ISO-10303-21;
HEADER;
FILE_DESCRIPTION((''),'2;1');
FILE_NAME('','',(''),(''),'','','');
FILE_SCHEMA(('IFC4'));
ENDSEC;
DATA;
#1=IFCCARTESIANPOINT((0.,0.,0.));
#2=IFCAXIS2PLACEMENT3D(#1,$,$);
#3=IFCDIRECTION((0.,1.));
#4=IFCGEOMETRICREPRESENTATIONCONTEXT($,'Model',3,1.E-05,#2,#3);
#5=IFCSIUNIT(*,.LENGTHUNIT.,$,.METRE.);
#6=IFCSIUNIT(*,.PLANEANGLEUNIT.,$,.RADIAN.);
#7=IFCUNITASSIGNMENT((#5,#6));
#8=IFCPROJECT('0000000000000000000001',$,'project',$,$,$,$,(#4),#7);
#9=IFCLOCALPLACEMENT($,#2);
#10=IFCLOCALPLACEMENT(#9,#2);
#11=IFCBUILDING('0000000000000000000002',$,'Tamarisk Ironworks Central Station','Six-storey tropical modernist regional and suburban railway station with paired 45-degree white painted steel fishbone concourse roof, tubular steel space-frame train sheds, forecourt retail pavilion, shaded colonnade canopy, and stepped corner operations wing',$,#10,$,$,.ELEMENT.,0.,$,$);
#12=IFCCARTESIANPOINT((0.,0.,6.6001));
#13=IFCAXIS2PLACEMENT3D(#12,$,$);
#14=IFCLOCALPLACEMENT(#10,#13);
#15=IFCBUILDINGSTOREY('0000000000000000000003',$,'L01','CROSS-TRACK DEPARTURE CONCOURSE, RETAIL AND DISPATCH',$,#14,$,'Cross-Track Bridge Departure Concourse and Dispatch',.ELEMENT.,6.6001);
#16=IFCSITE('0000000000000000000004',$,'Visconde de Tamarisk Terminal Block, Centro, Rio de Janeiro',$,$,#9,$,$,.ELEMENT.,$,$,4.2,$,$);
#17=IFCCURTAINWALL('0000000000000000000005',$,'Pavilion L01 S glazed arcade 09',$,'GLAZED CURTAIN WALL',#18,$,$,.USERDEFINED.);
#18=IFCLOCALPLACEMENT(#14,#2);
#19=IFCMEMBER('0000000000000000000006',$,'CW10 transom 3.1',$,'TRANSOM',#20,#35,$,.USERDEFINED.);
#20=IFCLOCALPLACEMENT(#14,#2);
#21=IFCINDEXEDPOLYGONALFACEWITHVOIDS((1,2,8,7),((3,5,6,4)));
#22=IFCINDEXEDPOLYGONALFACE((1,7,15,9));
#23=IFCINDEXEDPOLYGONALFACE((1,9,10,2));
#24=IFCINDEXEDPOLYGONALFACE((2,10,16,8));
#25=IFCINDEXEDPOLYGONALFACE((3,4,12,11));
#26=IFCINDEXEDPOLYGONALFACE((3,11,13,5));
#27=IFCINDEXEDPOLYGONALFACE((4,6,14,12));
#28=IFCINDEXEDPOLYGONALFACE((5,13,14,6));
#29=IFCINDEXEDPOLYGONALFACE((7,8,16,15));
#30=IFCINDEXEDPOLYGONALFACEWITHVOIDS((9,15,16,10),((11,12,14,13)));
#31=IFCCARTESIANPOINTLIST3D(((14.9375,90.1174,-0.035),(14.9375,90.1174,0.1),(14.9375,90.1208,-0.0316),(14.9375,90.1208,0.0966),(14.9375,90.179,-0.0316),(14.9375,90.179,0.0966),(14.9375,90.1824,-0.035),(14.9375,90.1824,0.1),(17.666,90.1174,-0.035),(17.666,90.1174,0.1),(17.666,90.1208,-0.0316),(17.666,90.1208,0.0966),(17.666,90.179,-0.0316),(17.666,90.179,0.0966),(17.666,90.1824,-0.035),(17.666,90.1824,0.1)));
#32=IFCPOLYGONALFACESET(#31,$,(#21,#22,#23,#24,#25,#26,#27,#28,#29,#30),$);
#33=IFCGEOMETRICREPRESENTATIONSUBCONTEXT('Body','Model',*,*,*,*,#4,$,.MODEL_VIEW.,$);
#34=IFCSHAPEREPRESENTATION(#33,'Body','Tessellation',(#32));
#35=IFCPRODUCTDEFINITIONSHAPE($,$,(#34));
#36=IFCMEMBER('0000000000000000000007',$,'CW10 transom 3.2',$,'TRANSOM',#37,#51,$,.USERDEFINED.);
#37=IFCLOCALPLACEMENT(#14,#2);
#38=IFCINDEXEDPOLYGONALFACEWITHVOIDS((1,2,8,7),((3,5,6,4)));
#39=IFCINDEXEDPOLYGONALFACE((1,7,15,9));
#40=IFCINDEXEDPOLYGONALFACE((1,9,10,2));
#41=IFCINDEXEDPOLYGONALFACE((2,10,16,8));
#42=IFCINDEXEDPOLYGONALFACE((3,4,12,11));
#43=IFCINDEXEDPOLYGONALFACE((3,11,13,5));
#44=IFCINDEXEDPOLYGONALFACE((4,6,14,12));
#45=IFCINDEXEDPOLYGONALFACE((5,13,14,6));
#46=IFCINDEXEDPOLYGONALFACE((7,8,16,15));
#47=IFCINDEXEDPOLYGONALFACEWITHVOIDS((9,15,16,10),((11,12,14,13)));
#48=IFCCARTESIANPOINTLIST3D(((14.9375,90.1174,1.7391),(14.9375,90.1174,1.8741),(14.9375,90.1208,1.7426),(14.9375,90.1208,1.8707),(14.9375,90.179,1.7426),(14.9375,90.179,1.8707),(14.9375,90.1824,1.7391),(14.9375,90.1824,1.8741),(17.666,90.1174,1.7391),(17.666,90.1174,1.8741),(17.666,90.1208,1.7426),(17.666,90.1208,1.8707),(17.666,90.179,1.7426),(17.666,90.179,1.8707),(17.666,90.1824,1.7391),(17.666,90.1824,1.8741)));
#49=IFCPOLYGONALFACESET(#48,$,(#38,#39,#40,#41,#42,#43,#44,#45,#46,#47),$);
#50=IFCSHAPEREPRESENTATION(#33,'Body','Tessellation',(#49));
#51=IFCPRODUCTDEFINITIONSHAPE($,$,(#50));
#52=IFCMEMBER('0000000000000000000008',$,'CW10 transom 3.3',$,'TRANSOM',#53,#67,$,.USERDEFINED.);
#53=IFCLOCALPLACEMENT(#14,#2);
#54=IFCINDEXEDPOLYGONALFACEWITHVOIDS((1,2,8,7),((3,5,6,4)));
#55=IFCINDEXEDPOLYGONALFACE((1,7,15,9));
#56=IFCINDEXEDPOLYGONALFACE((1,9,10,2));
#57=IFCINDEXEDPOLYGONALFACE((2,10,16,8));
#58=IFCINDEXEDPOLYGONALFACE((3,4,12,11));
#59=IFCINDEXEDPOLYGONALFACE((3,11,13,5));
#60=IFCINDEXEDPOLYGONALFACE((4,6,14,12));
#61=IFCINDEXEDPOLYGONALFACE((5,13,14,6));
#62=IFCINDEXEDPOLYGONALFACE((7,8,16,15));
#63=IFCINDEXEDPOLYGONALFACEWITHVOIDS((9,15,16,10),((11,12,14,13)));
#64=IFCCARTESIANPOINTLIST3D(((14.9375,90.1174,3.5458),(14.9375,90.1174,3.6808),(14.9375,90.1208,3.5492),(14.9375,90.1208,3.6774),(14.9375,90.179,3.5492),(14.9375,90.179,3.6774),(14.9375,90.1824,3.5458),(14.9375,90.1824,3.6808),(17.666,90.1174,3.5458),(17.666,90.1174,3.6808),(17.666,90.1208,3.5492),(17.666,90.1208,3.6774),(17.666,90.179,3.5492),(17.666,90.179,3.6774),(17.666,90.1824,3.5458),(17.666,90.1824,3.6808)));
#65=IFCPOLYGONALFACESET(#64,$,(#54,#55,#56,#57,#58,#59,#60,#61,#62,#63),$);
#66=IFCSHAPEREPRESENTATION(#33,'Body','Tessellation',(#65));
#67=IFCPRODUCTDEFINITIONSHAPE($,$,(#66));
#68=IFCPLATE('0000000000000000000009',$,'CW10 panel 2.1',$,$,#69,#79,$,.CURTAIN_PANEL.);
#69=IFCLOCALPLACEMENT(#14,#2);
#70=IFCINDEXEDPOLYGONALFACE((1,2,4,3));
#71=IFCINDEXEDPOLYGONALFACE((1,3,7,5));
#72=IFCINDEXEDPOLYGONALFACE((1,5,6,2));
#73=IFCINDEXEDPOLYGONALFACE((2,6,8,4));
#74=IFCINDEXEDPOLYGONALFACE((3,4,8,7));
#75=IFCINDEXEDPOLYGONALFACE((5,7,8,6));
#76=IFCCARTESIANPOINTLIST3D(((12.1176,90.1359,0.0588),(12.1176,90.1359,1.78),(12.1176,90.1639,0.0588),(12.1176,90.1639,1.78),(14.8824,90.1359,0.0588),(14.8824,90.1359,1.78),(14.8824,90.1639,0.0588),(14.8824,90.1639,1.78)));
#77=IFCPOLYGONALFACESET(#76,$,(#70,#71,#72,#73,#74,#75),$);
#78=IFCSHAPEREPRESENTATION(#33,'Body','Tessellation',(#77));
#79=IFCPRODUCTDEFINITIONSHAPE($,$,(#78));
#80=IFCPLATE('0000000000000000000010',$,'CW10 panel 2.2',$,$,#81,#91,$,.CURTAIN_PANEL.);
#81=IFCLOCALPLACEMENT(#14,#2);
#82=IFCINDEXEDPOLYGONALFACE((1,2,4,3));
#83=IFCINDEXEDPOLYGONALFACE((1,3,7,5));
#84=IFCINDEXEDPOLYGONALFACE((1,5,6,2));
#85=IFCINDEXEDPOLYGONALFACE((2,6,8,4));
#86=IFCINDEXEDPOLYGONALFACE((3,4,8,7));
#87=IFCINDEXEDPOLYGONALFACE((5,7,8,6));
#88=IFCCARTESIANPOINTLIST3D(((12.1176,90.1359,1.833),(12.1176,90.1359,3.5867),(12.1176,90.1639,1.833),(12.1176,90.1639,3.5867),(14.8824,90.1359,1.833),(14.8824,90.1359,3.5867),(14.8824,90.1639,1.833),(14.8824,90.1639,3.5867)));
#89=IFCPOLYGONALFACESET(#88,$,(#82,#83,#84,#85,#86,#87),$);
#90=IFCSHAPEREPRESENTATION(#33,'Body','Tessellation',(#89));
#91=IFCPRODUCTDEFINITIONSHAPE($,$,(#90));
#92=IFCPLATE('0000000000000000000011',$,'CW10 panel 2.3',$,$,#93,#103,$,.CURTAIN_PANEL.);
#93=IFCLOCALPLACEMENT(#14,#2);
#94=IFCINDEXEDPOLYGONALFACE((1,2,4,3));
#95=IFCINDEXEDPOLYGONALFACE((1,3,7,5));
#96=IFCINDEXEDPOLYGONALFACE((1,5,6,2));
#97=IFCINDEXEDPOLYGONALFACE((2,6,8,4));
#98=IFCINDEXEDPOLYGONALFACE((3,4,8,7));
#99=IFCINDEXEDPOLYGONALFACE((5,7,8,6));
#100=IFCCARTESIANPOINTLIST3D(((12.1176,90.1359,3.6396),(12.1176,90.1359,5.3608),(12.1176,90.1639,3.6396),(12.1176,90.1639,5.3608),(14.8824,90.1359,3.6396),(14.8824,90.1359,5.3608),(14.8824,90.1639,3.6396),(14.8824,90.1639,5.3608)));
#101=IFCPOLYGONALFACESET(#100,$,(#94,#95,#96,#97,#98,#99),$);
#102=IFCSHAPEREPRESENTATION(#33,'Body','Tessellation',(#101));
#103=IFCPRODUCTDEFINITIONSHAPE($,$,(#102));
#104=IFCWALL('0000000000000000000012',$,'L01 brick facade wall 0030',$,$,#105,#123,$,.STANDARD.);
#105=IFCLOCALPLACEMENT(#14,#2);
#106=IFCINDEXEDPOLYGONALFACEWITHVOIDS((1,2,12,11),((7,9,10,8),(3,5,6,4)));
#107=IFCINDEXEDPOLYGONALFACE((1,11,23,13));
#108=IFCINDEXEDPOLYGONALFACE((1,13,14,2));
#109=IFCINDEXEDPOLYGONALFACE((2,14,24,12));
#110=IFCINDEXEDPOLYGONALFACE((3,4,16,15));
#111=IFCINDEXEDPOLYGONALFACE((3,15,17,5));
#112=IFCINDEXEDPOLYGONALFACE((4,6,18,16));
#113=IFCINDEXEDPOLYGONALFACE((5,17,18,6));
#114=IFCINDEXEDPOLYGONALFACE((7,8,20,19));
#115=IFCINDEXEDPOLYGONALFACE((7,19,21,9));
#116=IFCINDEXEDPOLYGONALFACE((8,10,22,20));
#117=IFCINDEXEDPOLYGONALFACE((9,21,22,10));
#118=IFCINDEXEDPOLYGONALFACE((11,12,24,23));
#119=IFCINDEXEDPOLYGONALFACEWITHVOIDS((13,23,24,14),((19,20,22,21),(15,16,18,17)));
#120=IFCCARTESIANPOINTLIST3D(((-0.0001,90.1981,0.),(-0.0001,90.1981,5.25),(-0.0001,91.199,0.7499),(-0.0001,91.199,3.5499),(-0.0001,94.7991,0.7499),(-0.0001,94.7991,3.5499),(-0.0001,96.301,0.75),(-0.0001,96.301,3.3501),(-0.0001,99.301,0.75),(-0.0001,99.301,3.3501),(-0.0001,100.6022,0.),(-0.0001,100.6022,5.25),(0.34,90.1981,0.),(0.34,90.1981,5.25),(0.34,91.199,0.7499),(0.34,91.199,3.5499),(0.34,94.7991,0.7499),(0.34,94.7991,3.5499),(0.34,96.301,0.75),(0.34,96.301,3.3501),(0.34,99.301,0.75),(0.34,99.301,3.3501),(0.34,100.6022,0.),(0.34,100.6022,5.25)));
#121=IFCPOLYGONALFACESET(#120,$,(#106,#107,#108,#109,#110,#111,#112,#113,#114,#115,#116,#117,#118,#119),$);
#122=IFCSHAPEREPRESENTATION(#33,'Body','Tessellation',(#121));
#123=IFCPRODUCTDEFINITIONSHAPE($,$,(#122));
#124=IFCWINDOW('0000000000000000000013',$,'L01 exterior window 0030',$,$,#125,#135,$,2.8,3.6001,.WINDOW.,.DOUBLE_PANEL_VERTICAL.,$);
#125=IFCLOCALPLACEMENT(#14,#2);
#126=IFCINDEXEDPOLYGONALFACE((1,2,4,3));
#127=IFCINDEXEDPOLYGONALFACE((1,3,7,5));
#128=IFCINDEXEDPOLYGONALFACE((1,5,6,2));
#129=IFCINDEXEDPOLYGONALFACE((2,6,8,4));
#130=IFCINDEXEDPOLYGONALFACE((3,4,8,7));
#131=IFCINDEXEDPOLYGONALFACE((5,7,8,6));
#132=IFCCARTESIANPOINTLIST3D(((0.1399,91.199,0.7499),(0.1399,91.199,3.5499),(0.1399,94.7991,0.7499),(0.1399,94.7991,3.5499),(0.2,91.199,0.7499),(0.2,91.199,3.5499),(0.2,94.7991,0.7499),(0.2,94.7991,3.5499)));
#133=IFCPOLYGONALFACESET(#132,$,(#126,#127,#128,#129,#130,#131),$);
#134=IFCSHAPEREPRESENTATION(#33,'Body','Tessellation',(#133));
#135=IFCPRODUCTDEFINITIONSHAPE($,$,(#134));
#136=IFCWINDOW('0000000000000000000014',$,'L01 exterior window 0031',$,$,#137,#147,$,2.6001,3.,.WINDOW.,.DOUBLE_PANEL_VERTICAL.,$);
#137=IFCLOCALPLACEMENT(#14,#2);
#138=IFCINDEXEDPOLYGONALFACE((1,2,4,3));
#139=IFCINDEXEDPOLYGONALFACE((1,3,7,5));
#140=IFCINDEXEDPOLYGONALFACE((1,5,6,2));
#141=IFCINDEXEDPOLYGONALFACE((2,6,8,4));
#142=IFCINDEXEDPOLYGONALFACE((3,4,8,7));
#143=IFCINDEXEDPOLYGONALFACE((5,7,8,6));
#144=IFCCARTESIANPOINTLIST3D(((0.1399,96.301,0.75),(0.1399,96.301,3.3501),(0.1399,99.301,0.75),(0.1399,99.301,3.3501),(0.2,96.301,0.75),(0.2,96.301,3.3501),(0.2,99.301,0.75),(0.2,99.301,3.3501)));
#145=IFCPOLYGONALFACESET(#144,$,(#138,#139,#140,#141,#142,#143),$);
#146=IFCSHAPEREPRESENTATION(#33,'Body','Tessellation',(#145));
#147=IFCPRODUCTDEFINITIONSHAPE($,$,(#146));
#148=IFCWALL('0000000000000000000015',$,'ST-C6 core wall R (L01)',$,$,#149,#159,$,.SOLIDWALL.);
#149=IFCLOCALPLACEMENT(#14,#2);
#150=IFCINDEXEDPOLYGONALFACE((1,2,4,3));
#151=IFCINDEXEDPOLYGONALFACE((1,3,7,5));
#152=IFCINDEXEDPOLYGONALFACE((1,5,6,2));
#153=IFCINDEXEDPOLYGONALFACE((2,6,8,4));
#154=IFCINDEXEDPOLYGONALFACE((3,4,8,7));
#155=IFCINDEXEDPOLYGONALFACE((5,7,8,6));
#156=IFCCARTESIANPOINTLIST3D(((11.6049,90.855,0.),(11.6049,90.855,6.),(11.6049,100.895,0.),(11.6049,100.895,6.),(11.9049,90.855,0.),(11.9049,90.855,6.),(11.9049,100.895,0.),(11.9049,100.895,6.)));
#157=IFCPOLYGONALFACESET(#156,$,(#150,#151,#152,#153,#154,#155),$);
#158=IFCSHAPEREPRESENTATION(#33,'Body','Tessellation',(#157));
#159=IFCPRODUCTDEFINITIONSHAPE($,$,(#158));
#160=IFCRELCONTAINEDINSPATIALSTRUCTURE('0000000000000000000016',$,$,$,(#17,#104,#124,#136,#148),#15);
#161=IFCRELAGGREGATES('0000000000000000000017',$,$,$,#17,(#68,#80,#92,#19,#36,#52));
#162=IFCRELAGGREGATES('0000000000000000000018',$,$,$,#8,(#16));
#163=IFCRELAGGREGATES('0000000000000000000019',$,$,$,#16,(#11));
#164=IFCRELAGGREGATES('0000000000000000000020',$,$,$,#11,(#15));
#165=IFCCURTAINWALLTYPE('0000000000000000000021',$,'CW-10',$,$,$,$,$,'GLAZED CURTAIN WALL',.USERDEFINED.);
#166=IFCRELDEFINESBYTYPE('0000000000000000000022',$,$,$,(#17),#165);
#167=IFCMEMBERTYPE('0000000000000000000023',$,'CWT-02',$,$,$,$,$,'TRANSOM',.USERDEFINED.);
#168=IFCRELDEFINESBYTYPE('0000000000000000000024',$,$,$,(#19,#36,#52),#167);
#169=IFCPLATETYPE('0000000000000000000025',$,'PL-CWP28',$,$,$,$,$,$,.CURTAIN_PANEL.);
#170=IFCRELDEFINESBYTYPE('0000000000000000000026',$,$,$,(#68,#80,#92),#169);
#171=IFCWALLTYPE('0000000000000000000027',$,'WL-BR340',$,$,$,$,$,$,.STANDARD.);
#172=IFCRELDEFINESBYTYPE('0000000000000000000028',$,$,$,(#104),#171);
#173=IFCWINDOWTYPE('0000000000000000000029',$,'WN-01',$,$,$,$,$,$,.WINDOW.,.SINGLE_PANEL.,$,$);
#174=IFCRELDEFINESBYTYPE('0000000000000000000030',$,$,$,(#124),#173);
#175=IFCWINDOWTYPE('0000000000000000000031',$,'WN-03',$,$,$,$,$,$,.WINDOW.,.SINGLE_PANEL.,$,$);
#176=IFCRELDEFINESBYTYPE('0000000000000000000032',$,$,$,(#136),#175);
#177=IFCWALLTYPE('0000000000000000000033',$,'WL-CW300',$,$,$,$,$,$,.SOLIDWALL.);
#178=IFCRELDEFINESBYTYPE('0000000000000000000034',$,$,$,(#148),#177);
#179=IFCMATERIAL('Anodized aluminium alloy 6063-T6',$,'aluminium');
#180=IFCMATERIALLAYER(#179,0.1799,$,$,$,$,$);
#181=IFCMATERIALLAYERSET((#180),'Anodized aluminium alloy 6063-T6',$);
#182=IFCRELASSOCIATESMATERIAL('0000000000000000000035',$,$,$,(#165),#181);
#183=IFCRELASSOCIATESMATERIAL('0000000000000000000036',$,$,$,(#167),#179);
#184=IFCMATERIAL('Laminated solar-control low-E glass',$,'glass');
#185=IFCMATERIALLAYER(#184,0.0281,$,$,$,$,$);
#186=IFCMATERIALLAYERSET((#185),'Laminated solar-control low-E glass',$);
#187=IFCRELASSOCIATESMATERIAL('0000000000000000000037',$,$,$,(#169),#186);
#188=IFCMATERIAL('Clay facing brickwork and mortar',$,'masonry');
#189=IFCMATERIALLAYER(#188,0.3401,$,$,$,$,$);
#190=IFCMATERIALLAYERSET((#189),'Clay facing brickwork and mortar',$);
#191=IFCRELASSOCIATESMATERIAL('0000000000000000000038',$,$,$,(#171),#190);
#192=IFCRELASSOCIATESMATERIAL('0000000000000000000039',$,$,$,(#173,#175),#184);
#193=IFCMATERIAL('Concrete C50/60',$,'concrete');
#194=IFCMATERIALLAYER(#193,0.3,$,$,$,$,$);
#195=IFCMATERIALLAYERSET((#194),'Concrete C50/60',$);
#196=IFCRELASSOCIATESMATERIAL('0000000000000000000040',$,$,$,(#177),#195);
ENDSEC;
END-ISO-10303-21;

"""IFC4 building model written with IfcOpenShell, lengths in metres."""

from ifc_helpers import new_model, si_unit, direction, frame, frame_2d, origin, origin_2d, place, context, subcontext, project, spatial, rectangle, hollow_rectangle, extrude, material, layer, layer_set, material_profile, profile_set, type_object, element, fill, aggregate, save


model = new_model("IFC4")

# Units and contexts
model_context = context("Model", 3, precision=1e-05, world=origin(), true_north=direction((0.0, 1.0)))
body_context = subcontext(model_context, "Body", "Model", "MODEL_VIEW")
ifc_project = project(units=[si_unit("LENGTHUNIT", "METRE"), si_unit("PLANEANGLEUNIT", "RADIAN")], contexts=[model_context])

# Site, building, storey
site_placement = place(None, origin())
site = spatial("IfcSite", under=ifc_project, at=site_placement, Name="Visconde de Tamarisk Terminal Block, Centro, Rio de Janeiro", CompositionType="ELEMENT", RefElevation=4.2)
building_placement = place(site_placement, origin())
building = spatial("IfcBuilding", under=site, at=building_placement, Name="Tamarisk Ironworks Central Station", Description="Six-storey tropical modernist regional and suburban railway station with paired 45-degree white painted steel fishbone concourse roof, tubular steel space-frame train sheds, forecourt retail pavilion, shaded colonnade canopy, and stepped corner operations wing", CompositionType="ELEMENT", ElevationOfRefHeight=0.0)
storey_placement = place(building_placement, frame((0.0, 0.0, 6.6001)))
storey = spatial("IfcBuildingStorey", under=building, at=storey_placement, Name="L01", Description="CROSS-TRACK DEPARTURE CONCOURSE, RETAIL AND DISPATCH", LongName="Cross-Track Bridge Departure Concourse and Dispatch", CompositionType="ELEMENT", Elevation=6.6001)

# Shared definitions
ifc_material_1 = material(Name="Clay facing brickwork and mortar", Category="masonry")

# Curtain wall, members, plates
ifc_material_2 = material(Name="Anodized aluminium alloy 6063-T6", Category="aluminium")
ifc_layer_1 = layer(ifc_material_2, 0.1799)
ifc_layer_set_1 = layer_set([ifc_layer_1], Name="Anodized aluminium alloy 6063-T6")
curtain_wall_type = type_object("IfcCurtainWallType", Name="CW-10", ElementType="GLAZED CURTAIN WALL", PredefinedType="USERDEFINED", material=ifc_layer_set_1)
curtain_wall_placement = place(storey_placement, origin())
curtain_wall = element("IfcCurtainWall", 1, at=curtain_wall_placement, inside=storey, type_object=curtain_wall_type, Name="Pavilion L01 S glazed arcade 09", ObjectType="GLAZED CURTAIN WALL", PredefinedType="USERDEFINED")
ifc_material_profile_1 = material_profile(ifc_material_2, hollow_rectangle(XDim=0.0649, YDim=0.135, WallThickness=0.0034, at=origin_2d()), Name="ALUM 135x65")
ifc_profile_set_1 = profile_set([ifc_material_profile_1], Name="Anodized aluminium alloy 6063-T6")
member_type_1 = type_object("IfcMemberType", Name="CWT-02", ElementType="TRANSOM", PredefinedType="USERDEFINED", material=ifc_profile_set_1)
member_1_placement = place(storey_placement, frame((14.9375, 90.1499, 0.0325), z_axis=(1.0, 0.0, 0.0), x_axis=(0.0, 1.0, 0.0)))
member_1 = element("IfcMember", 2, at=member_1_placement, type_object=member_type_1, Name="CW10 transom 3.1", ObjectType="TRANSOM", PredefinedType="USERDEFINED", context=body_context, shape_type="SweptSolid", body=[
    extrude(hollow_rectangle(XDim=0.0649, YDim=0.135, WallThickness=0.0034, at=origin_2d()), origin(), (0.0, 0.0, 1.0), 2.7285),
])
member_2_placement = place(storey_placement, frame((14.9375, 90.1499, 1.8066), z_axis=(1.0, 0.0, 0.0), x_axis=(0.0, 1.0, 0.0)))
member_2 = element("IfcMember", 3, at=member_2_placement, type_object=member_type_1, Name="CW10 transom 3.2", ObjectType="TRANSOM", PredefinedType="USERDEFINED", context=body_context, shape_type="SweptSolid", body=[
    extrude(hollow_rectangle(XDim=0.0649, YDim=0.135, WallThickness=0.0034, at=origin_2d()), origin(), (0.0, 0.0, 1.0), 2.7285),
])
member_3_placement = place(storey_placement, frame((14.9375, 90.1499, 3.6133), z_axis=(1.0, 0.0, 0.0), x_axis=(0.0, 1.0, 0.0)))
member_3 = element("IfcMember", 4, at=member_3_placement, type_object=member_type_1, Name="CW10 transom 3.3", ObjectType="TRANSOM", PredefinedType="USERDEFINED", context=body_context, shape_type="SweptSolid", body=[
    extrude(hollow_rectangle(XDim=0.0649, YDim=0.135, WallThickness=0.0034, at=origin_2d()), origin(), (0.0, 0.0, 1.0), 2.7285),
])
ifc_material_3 = material(Name="Laminated solar-control low-E glass", Category="glass")
ifc_layer_2 = layer(ifc_material_3, 0.0281)
ifc_layer_set_2 = layer_set([ifc_layer_2], Name="Laminated solar-control low-E glass")
plate_type = type_object("IfcPlateType", Name="PL-CWP28", PredefinedType="CURTAIN_PANEL", material=ifc_layer_set_2)
plate_1_placement = place(storey_placement, frame((13.5, 90.1499, 0.0588), z_axis=(0.0, 0.0, 1.0), x_axis=(1.0, 0.0, 0.0)))
plate_1 = element("IfcPlate", 5, at=plate_1_placement, type_object=plate_type, Name="CW10 panel 2.1", PredefinedType="CURTAIN_PANEL", context=body_context, shape_type="SweptSolid", body=[
    extrude(rectangle(XDim=2.7649, YDim=0.0281, at=origin_2d()), origin(), (0.0, 0.0, 1.0), 1.7212),
])
plate_2_placement = place(storey_placement, frame((13.5, 90.1499, 1.833), z_axis=(0.0, 0.0, 1.0), x_axis=(1.0, 0.0, 0.0)))
plate_2 = element("IfcPlate", 6, at=plate_2_placement, type_object=plate_type, Name="CW10 panel 2.2", PredefinedType="CURTAIN_PANEL", context=body_context, shape_type="SweptSolid", body=[
    extrude(rectangle(XDim=2.7649, YDim=0.0281, at=origin_2d()), origin(), (0.0, 0.0, 1.0), 1.7537),
])
plate_3_placement = place(storey_placement, frame((13.5, 90.1499, 3.6396), z_axis=(0.0, 0.0, 1.0), x_axis=(1.0, 0.0, 0.0)))
plate_3 = element("IfcPlate", 7, at=plate_3_placement, type_object=plate_type, Name="CW10 panel 2.3", PredefinedType="CURTAIN_PANEL", context=body_context, shape_type="SweptSolid", body=[
    extrude(rectangle(XDim=2.7649, YDim=0.0281, at=origin_2d()), origin(), (0.0, 0.0, 1.0), 1.7212),
])
aggregate(curtain_wall, [plate_1, plate_2, plate_3, member_1, member_2, member_3])

# Wall, openings, windows
ifc_layer_3 = layer(ifc_material_1, 0.3401)
ifc_layer_set_3 = layer_set([ifc_layer_3], Name="Clay facing brickwork and mortar")
wall_type_1 = type_object("IfcWallType", Name="WL-BR340", PredefinedType="STANDARD", material=ifc_layer_set_3)
wall_1_placement = place(storey_placement, frame((0.1699, 90.198, 0.0), z_axis=(0.0, 0.0, 1.0), x_axis=(0.0, 1.0, 0.0)))
wall_1 = element("IfcWall", 8, at=wall_1_placement, inside=storey, type_object=wall_type_1, Name="L01 brick facade wall 0030", PredefinedType="STANDARD", context=body_context, shape_type="SweptSolid", body=[
    extrude(rectangle(XDim=10.4041, YDim=0.3401, at=frame_2d((5.2021, 0.0))), origin(), (0.0, 0.0, 1.0), 5.25),
])
opening_1_placement = place(wall_1_placement, frame((1.001, 0.0, 0.75)))
opening_1 = element("IfcOpeningElement", 9, at=opening_1_placement, cuts=wall_1, PredefinedType="OPENING", context=body_context, shape_type="SweptSolid", body=[
    extrude(rectangle(XDim=3.6001, YDim=2.8, at=frame_2d((1.8, 1.3999))), frame((0.0, 0.1821, 0.0), z_axis=(0.0, -1.0, 0.0), x_axis=(1.0, 0.0, 0.0)), (0.0, 0.0, 1.0), 0.364),
])
opening_2_placement = place(wall_1_placement, frame((6.103, 0.0, 0.75)))
opening_2 = element("IfcOpeningElement", 10, at=opening_2_placement, cuts=wall_1, PredefinedType="OPENING", context=body_context, shape_type="SweptSolid", body=[
    extrude(rectangle(XDim=3.0, YDim=2.6001, at=frame_2d((1.5, 1.3))), frame((0.0, 0.1821, 0.0), z_axis=(0.0, -1.0, 0.0), x_axis=(1.0, 0.0, 0.0)), (0.0, 0.0, 1.0), 0.364),
])
window_type_1 = type_object("IfcWindowType", Name="WN-01", PartitioningType="SINGLE_PANEL", PredefinedType="WINDOW", material=ifc_material_3)
window_1_placement = place(opening_1_placement, origin())
window_1 = element("IfcWindow", 11, at=window_1_placement, inside=storey, type_object=window_type_1, Name="L01 exterior window 0030", OverallHeight=2.8, OverallWidth=3.6001, PartitioningType="DOUBLE_PANEL_VERTICAL", PredefinedType="WINDOW", context=body_context, shape_type="SweptSolid", body=[
    extrude(rectangle(XDim=3.6001, YDim=2.8, at=frame_2d((1.8, 1.3999))), frame((0.0, 0.03, 0.0), z_axis=(0.0, -1.0, 0.0), x_axis=(1.0, 0.0, 0.0)), (0.0, 0.0, 1.0), 0.0601),
])
fill(opening_1, window_1)
window_type_2 = type_object("IfcWindowType", Name="WN-03", PartitioningType="SINGLE_PANEL", PredefinedType="WINDOW", material=ifc_material_3)
window_2_placement = place(opening_2_placement, origin())
window_2 = element("IfcWindow", 12, at=window_2_placement, inside=storey, type_object=window_type_2, Name="L01 exterior window 0031", OverallHeight=2.6001, OverallWidth=3.0, PartitioningType="DOUBLE_PANEL_VERTICAL", PredefinedType="WINDOW", context=body_context, shape_type="SweptSolid", body=[
    extrude(rectangle(XDim=3.0, YDim=2.6001, at=frame_2d((1.5, 1.3))), frame((0.0, 0.03, 0.0), z_axis=(0.0, -1.0, 0.0), x_axis=(1.0, 0.0, 0.0)), (0.0, 0.0, 1.0), 0.0601),
])
fill(opening_2, window_2)

# Wall
ifc_material_4 = material(Name="Concrete C50/60", Category="concrete")
ifc_layer_4 = layer(ifc_material_4, 0.3)
ifc_layer_set_4 = layer_set([ifc_layer_4], Name="Concrete C50/60")
wall_type_2 = type_object("IfcWallType", Name="WL-CW300", PredefinedType="SOLIDWALL", material=ifc_layer_set_4)
wall_2_placement = place(storey_placement, frame((11.7549, 90.855, 0.0), z_axis=(0.0, 0.0, 1.0), x_axis=(0.0, 1.0, 0.0)))
element("IfcWall", 13, at=wall_2_placement, inside=storey, type_object=wall_type_2, Name="ST-C6 core wall R (L01)", PredefinedType="SOLIDWALL", context=body_context, shape_type="SweptSolid", body=[
    extrude(rectangle(XDim=10.04, YDim=0.3, at=frame_2d((5.02, 0.0))), origin(), (0.0, 0.0, 1.0), 6.0),
])

save(model, "model.ifc")
